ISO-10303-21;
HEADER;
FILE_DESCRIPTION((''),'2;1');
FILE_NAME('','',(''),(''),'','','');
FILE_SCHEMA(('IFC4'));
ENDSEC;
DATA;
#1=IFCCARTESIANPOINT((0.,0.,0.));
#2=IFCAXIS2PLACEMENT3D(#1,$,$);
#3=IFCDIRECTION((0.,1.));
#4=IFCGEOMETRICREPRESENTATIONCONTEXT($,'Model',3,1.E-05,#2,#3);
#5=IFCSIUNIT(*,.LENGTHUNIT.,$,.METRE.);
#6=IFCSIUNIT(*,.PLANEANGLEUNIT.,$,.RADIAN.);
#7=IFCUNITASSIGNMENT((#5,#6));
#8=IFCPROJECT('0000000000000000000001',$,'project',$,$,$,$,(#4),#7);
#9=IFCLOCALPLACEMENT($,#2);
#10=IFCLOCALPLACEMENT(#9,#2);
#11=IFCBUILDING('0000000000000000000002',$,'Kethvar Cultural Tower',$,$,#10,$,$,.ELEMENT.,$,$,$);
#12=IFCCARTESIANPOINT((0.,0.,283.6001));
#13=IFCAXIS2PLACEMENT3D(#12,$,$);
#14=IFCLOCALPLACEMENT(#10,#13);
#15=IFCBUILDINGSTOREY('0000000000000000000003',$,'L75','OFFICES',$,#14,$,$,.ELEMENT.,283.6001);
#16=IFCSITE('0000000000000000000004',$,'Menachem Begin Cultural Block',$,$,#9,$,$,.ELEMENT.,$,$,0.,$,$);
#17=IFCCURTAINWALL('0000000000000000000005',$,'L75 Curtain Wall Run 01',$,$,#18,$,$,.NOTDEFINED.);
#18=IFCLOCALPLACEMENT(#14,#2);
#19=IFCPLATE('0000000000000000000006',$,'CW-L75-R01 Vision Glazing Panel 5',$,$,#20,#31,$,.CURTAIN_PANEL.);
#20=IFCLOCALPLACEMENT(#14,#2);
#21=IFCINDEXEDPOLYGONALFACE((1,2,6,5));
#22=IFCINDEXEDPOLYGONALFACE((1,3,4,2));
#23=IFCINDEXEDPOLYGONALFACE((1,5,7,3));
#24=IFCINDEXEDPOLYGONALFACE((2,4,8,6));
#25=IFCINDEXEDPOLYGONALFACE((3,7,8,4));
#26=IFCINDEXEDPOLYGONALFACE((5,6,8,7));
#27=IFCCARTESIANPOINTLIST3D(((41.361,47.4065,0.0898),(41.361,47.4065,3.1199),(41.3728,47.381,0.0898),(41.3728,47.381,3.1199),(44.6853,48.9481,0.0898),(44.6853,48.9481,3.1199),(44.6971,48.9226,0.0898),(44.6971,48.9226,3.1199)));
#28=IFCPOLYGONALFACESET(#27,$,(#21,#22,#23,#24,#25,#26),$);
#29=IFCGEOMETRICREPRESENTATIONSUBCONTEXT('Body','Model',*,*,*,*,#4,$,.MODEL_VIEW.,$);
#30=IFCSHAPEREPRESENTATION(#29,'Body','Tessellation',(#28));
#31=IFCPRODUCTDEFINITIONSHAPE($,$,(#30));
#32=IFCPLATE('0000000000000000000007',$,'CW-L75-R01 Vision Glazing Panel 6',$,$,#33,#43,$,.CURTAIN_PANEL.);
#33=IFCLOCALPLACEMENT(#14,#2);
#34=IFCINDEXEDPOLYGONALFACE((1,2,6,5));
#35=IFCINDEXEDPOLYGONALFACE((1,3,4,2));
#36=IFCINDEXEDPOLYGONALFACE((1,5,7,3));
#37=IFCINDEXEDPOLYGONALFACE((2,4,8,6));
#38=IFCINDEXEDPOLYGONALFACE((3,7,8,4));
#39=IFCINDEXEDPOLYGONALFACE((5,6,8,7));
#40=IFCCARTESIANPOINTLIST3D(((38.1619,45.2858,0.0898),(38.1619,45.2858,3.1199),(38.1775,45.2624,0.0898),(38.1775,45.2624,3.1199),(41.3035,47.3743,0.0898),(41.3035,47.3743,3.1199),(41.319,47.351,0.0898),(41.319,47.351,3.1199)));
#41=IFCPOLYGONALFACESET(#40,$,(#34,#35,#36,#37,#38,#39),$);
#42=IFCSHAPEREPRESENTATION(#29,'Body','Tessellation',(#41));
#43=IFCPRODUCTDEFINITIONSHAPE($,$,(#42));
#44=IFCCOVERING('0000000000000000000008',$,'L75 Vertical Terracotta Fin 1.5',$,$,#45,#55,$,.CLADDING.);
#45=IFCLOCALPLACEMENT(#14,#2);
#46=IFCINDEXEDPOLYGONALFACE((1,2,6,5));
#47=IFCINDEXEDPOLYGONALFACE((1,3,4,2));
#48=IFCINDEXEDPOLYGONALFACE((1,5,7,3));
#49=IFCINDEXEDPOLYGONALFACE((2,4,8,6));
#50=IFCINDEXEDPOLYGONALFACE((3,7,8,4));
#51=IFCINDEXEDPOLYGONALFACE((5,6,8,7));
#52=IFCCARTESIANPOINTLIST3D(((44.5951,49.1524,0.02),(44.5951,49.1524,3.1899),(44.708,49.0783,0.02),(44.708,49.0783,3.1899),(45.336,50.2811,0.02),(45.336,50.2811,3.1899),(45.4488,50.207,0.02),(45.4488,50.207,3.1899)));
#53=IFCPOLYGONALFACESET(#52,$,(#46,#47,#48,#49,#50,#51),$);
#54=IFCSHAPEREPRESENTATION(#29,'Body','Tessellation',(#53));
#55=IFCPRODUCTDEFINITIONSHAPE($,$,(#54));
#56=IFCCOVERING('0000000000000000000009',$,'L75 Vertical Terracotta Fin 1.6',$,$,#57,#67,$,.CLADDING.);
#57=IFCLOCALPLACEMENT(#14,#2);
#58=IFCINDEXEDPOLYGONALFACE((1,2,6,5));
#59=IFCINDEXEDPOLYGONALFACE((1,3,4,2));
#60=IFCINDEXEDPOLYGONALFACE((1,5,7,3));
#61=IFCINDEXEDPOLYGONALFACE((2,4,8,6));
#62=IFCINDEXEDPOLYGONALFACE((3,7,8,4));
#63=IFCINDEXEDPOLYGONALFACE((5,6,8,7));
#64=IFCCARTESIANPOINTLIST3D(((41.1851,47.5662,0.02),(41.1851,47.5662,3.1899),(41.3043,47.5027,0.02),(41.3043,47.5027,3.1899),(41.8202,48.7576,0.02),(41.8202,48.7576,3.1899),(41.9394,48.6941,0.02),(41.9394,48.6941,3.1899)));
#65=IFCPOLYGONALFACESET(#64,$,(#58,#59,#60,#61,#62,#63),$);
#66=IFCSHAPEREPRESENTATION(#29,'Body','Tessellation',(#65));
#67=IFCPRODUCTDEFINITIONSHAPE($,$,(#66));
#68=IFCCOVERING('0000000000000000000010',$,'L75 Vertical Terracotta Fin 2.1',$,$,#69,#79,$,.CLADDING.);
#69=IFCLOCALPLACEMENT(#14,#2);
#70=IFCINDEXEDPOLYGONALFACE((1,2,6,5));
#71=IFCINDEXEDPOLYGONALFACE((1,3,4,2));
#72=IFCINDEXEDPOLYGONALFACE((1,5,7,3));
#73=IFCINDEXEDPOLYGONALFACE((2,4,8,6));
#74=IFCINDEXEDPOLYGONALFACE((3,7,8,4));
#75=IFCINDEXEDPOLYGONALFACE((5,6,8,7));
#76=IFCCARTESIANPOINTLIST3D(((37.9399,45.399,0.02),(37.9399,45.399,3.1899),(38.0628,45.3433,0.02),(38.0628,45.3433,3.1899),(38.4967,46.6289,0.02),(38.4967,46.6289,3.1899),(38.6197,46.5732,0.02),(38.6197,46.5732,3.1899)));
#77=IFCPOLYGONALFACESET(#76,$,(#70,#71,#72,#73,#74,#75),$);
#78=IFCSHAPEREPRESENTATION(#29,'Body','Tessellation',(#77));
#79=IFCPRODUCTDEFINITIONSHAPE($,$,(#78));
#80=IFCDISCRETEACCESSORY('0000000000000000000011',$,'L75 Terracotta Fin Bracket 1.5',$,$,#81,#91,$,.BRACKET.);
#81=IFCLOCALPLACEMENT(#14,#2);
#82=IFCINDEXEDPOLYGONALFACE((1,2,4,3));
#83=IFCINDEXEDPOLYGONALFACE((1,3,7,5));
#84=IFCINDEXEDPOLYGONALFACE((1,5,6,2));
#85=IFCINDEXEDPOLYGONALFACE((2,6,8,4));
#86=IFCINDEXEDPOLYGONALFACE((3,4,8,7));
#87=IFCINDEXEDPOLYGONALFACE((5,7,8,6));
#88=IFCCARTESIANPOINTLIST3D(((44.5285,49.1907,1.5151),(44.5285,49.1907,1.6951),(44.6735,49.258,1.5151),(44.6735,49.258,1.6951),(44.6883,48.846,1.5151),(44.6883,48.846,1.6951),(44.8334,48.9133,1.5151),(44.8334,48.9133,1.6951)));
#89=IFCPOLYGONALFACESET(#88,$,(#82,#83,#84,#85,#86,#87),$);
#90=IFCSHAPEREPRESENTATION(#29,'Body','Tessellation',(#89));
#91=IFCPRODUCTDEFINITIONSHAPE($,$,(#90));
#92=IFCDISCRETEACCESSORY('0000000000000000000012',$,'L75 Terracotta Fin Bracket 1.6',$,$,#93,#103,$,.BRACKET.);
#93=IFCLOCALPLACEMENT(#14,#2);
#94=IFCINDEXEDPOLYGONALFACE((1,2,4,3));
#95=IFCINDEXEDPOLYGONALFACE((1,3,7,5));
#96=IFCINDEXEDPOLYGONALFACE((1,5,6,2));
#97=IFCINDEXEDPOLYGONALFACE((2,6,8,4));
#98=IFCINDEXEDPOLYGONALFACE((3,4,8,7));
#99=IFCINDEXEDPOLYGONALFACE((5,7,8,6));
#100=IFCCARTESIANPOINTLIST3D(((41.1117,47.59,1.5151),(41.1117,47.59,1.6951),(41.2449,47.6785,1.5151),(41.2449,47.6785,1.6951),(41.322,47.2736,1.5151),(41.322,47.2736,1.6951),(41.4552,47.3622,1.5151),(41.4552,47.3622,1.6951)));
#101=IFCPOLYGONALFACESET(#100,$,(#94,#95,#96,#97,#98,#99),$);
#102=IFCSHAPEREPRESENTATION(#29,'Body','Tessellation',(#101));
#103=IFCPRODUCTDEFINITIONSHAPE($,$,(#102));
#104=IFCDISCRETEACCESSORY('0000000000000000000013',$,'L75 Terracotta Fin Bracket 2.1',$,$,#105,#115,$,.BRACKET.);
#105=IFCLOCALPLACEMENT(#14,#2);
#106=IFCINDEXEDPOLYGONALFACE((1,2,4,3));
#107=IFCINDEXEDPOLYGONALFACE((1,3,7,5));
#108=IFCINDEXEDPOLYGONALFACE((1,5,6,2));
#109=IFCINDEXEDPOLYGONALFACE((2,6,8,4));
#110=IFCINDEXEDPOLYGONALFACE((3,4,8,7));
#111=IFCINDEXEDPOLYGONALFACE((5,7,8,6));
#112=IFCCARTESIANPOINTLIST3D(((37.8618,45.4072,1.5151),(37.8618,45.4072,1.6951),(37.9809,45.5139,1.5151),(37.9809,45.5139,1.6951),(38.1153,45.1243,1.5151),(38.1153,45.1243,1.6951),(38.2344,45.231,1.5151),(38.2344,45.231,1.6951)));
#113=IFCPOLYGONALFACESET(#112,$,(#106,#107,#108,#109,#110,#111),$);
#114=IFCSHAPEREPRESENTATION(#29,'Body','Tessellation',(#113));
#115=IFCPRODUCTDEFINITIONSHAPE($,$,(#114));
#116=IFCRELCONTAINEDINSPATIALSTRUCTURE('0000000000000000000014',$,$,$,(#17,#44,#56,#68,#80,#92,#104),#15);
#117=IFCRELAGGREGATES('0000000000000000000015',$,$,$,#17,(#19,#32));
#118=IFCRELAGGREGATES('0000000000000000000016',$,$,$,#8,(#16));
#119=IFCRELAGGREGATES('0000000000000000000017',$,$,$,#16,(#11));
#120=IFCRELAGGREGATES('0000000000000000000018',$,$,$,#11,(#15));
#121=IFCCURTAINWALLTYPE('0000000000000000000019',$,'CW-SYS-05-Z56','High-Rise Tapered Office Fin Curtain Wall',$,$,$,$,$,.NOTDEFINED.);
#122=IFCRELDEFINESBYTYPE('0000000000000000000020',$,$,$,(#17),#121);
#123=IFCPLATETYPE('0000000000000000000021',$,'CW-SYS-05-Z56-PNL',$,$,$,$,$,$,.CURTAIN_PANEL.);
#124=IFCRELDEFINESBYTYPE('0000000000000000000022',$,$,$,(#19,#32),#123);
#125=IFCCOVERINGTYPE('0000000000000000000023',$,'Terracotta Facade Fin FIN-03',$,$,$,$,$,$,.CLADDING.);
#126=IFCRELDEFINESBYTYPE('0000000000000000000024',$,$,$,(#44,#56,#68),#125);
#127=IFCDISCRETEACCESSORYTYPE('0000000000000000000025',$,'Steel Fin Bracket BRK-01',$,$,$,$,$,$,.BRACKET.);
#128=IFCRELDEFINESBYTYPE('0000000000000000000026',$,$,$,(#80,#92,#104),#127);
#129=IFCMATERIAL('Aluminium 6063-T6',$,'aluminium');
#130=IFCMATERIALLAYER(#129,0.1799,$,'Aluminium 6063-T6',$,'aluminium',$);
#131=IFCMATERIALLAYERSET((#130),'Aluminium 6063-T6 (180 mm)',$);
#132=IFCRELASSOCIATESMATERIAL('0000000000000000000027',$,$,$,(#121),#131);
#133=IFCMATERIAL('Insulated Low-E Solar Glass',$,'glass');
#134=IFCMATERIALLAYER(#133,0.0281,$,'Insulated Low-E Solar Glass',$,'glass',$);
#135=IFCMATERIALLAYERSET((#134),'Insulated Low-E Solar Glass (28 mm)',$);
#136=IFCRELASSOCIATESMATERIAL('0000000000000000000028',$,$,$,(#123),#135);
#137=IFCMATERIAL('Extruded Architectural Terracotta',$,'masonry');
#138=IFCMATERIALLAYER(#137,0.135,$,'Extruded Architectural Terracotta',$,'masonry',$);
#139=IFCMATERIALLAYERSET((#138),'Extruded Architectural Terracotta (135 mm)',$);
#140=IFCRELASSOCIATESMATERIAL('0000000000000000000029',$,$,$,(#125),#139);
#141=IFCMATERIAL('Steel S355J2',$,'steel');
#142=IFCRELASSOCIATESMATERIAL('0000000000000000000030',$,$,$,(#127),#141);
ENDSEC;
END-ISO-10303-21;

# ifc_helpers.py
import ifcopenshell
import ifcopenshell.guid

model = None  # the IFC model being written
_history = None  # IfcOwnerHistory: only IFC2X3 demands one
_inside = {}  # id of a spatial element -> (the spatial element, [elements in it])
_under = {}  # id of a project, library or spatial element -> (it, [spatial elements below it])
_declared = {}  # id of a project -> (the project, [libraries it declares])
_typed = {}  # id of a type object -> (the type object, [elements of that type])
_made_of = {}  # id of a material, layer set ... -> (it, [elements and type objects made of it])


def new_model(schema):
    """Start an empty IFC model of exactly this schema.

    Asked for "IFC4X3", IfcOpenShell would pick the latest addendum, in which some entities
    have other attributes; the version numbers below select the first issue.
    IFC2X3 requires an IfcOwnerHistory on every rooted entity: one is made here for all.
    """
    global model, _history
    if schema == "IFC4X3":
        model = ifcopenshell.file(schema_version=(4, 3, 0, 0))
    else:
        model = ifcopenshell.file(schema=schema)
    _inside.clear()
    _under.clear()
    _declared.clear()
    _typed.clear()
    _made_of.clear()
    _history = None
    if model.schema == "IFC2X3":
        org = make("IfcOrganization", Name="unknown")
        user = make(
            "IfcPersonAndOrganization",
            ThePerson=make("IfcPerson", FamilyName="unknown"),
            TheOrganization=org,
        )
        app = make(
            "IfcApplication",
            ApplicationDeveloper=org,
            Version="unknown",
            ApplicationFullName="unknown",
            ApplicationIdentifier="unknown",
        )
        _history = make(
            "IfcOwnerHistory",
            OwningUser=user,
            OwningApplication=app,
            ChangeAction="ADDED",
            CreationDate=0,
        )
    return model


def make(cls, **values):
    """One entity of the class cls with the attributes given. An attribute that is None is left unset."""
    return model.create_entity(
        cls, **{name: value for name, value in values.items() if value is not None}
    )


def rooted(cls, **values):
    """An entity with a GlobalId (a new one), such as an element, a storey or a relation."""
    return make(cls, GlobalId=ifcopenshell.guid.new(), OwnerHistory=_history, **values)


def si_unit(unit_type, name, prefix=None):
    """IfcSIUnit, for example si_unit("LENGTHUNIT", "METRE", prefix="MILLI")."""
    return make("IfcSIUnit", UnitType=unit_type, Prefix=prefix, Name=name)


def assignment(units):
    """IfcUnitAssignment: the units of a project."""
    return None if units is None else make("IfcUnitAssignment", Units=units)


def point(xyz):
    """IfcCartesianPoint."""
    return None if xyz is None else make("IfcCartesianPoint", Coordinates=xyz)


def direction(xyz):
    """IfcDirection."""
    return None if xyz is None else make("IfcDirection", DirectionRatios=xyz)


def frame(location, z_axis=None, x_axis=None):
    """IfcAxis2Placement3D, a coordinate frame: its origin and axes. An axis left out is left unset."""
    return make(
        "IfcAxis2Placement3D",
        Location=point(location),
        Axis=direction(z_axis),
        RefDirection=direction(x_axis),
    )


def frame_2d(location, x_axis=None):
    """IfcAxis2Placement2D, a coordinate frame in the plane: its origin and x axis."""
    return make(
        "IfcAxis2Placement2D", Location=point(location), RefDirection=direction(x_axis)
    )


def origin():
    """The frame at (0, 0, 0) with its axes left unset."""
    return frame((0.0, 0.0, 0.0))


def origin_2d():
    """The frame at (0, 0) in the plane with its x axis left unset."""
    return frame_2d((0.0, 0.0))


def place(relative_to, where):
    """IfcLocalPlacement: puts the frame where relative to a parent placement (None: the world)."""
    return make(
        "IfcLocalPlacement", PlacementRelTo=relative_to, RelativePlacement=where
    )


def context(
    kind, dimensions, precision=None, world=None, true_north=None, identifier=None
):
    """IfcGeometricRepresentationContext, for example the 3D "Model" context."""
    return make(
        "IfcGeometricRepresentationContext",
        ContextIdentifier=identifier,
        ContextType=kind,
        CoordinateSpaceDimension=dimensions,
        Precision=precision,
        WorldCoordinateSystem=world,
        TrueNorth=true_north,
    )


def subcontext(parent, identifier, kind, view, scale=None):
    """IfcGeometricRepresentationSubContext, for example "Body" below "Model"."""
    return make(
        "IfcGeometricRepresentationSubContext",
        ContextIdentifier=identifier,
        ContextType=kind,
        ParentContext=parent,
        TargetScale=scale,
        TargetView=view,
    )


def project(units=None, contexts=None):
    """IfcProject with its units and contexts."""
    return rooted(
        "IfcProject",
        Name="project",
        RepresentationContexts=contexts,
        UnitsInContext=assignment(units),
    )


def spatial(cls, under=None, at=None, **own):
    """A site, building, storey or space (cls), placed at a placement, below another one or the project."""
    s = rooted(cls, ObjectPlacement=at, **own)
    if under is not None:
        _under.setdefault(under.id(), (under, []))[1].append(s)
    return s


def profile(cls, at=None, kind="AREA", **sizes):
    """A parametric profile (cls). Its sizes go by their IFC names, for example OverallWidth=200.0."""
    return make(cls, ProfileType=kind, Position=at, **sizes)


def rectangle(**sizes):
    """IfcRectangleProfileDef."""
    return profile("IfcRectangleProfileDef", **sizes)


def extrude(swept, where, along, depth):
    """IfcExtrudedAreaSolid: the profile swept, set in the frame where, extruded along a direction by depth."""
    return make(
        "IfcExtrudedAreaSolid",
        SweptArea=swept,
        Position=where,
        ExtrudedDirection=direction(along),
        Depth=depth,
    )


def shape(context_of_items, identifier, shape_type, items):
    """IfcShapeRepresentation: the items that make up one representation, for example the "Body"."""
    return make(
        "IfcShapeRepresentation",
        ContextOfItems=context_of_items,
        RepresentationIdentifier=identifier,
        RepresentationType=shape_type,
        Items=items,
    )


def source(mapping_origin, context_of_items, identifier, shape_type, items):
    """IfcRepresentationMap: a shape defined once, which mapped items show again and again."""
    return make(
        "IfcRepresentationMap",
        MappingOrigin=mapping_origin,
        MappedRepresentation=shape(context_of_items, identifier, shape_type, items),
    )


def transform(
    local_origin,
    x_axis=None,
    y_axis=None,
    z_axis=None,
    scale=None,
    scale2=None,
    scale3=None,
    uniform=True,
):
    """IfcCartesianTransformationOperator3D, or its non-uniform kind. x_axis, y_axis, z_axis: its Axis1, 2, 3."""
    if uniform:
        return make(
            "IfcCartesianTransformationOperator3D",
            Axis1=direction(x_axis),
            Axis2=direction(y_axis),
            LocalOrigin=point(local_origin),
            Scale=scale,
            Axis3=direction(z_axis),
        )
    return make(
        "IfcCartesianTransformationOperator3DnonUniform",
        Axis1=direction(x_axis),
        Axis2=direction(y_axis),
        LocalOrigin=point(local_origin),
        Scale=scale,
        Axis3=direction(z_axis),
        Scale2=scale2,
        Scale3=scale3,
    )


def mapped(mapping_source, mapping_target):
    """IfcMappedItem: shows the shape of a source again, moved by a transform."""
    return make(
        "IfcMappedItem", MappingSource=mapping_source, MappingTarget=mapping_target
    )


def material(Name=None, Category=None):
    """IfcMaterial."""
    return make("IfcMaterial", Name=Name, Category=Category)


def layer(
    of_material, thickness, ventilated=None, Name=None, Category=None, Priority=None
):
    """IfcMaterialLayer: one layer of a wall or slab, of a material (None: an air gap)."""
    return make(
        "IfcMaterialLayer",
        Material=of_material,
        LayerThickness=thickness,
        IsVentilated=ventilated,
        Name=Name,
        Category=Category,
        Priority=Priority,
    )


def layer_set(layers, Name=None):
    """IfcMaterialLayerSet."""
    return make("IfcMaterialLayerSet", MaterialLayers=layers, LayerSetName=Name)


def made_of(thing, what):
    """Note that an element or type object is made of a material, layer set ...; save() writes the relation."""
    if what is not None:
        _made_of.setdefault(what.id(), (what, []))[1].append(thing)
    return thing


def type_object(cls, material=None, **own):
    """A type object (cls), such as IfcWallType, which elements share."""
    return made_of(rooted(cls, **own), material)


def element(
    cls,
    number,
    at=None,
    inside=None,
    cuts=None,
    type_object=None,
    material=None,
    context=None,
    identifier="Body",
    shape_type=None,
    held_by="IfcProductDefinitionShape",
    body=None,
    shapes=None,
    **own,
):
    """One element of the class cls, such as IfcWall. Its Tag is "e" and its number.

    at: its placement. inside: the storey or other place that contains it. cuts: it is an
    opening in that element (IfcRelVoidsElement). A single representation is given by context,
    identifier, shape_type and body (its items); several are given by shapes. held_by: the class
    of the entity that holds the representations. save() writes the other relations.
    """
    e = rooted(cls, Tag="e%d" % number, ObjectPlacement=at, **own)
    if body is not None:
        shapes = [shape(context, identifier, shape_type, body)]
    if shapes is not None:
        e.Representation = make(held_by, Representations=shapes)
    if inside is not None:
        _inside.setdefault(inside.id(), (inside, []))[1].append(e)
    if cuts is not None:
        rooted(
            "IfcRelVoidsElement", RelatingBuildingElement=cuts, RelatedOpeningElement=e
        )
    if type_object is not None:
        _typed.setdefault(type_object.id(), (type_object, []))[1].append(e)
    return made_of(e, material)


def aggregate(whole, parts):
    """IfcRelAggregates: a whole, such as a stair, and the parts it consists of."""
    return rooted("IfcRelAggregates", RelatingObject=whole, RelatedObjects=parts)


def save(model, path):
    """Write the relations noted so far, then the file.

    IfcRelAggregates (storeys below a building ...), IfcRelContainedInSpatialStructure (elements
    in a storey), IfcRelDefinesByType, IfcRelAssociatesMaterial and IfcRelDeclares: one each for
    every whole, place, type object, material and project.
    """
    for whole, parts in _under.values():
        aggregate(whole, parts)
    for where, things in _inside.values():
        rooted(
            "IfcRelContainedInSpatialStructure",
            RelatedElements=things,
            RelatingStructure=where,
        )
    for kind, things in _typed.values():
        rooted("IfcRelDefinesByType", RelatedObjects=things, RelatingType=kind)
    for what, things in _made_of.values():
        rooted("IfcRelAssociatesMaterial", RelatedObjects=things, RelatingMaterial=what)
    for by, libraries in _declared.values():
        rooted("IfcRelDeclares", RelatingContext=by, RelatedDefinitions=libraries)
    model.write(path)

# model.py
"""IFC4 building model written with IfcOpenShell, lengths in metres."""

from ifc_helpers import new_model, si_unit, direction, frame, origin, origin_2d, place, context, subcontext, project, spatial, rectangle, extrude, source, transform, mapped, material, layer, layer_set, type_object, element, aggregate, save


model = new_model("IFC4")

# Units and contexts
model_context = context("Model", 3, precision=1e-05, world=origin(), true_north=direction((0.0, 1.0)))
body_context = subcontext(model_context, "Body", "Model", "MODEL_VIEW")
ifc_project = project(units=[si_unit("LENGTHUNIT", "METRE"), si_unit("PLANEANGLEUNIT", "RADIAN")], contexts=[model_context])

# Site, building, storey
site_placement = place(None, origin())
site = spatial("IfcSite", under=ifc_project, at=site_placement, Name="Menachem Begin Cultural Block", CompositionType="ELEMENT", RefElevation=0.0)
building_placement = place(site_placement, origin())
building = spatial("IfcBuilding", under=site, at=building_placement, Name="Kethvar Cultural Tower", CompositionType="ELEMENT")
storey_placement = place(building_placement, frame((0.0, 0.0, 283.6001)))
storey = spatial("IfcBuildingStorey", under=building, at=storey_placement, Name="L75", Description="OFFICES", CompositionType="ELEMENT", Elevation=283.6001)

# Shared definitions
ifc_material_1 = material(Name="Steel S355J2", Category="steel")

# Curtain wall
ifc_material_2 = material(Name="Aluminium 6063-T6", Category="aluminium")
ifc_layer_1 = layer(ifc_material_2, 0.1799, Name="Aluminium 6063-T6", Category="aluminium")
ifc_layer_set_1 = layer_set([ifc_layer_1], Name="Aluminium 6063-T6 (180 mm)")
curtain_wall_type = type_object("IfcCurtainWallType", Name="CW-SYS-05-Z56", Description="High-Rise Tapered Office Fin Curtain Wall", PredefinedType="NOTDEFINED", material=ifc_layer_set_1)
curtain_wall_1_placement = place(storey_placement, origin())
curtain_wall_1 = element("IfcCurtainWall", 1, at=curtain_wall_1_placement, inside=storey, type_object=curtain_wall_type, Name="L75 Curtain Wall Run 01", PredefinedType="NOTDEFINED")

# Plates
ifc_material_3 = material(Name="Insulated Low-E Solar Glass", Category="glass")
ifc_layer_2 = layer(ifc_material_3, 0.0281, Name="Insulated Low-E Solar Glass", Category="glass")
ifc_layer_set_2 = layer_set([ifc_layer_2], Name="Insulated Low-E Solar Glass (28 mm)")
plate_type = type_object("IfcPlateType", Name="CW-SYS-05-Z56-PNL", PredefinedType="CURTAIN_PANEL", material=ifc_layer_set_2)
shared_shape_1 = source(origin(), body_context, "Body", "SweptSolid", [
    extrude(rectangle(XDim=3.6643, YDim=0.0281, at=origin_2d()), origin(), (0.0, 0.0, 1.0), 3.03),
])
plate_1_placement = place(storey_placement, frame((43.0291, 48.1646, 0.0898), z_axis=(0.0, 0.0, 1.0), x_axis=(-0.907191, -0.420719, 0.0)))
plate_1 = element("IfcPlate", 2, at=plate_1_placement, type_object=plate_type, Name="CW-L75-R01 Vision Glazing Panel 5", PredefinedType="CURTAIN_PANEL", context=body_context, shape_type="MappedRepresentation", body=[
    mapped(shared_shape_1, transform((0.0, 0.0, 0.0), scale=1.0)),
])
shared_shape_2 = source(origin(), body_context, "Body", "SweptSolid", [
    extrude(rectangle(XDim=3.7725, YDim=0.0281, at=origin_2d()), origin(), (0.0, 0.0, 1.0), 3.03),
])
plate_2_placement = place(storey_placement, frame((39.7405, 46.3184, 0.0898), z_axis=(0.0, 0.0, 1.0), x_axis=(-0.832757, -0.553639, 0.0)))
plate_2 = element("IfcPlate", 3, at=plate_2_placement, type_object=plate_type, Name="CW-L75-R01 Vision Glazing Panel 6", PredefinedType="CURTAIN_PANEL", context=body_context, shape_type="MappedRepresentation", body=[
    mapped(shared_shape_2, transform((0.0, 0.0, 0.0), scale=1.0)),
])
aggregate(curtain_wall_1, [plate_1, plate_2])

# Coverings
ifc_material_4 = material(Name="Extruded Architectural Terracotta", Category="masonry")
ifc_layer_3 = layer(ifc_material_4, 0.135, Name="Extruded Architectural Terracotta", Category="masonry")
ifc_layer_set_3 = layer_set([ifc_layer_3], Name="Extruded Architectural Terracotta (135 mm)")
covering_type = type_object("IfcCoveringType", Name="Terracotta Facade Fin FIN-03", PredefinedType="CLADDING", material=ifc_layer_set_3)
shared_shape_3 = source(origin(), body_context, "Body", "SweptSolid", [
    extrude(rectangle(XDim=1.3501, YDim=0.135, at=origin_2d()), origin(), (0.0, 0.0, 1.0), 3.1699),
])
for number, where, z_axis, x_axis, name in (
    (4, (45.022, 49.6797, 0.02), (0.0, 0.0, 1.0), (0.548731, 0.835999, 0.0), "L75 Vertical Terracotta Fin 1.5"),
    (5, (41.5623, 48.1301, 0.02), (0.0, 0.0, 1.0), (0.470396, 0.882455, 0.0), "L75 Vertical Terracotta Fin 1.6"),
    (6, (38.2798, 45.9861, 0.02), (0.0, 0.0, 1.0), (0.412469, 0.910972, 0.0), "L75 Vertical Terracotta Fin 2.1"),
):
    element("IfcCovering", number, at=place(storey_placement, frame(where, z_axis=z_axis, x_axis=x_axis)), inside=storey, type_object=covering_type, Name=name, PredefinedType="CLADDING", context=body_context, shape_type="MappedRepresentation", body=[
        mapped(shared_shape_3, transform((0.0, 0.0, 0.0), scale=1.0)),
    ])

# Discrete accessories
discrete_accessory_type = type_object("IfcDiscreteAccessoryType", Name="Steel Fin Bracket BRK-01", PredefinedType="BRACKET", material=ifc_material_1)
shared_shape_4 = source(origin(), body_context, "Body", "SweptSolid", [
    extrude(rectangle(XDim=0.3799, YDim=0.1599, at=origin_2d()), origin(), (0.0, 0.0, 1.0), 0.1799),
])
for number, where, z_axis, x_axis, name in (
    (7, (44.6809, 49.052, 1.5151), (0.0, 0.0, 1.0), (-0.420719, 0.907191, 0.0), "L75 Terracotta Fin Bracket 1.5"),
    (8, (41.2834, 47.4761, 1.5151), (0.0, 0.0, 1.0), (-0.553682, 0.832728, 0.0), "L75 Terracotta Fin Bracket 1.6"),
    (9, (38.0481, 45.3191, 1.5151), (0.0, 0.0, 1.0), (-0.667313, 0.744778, 0.0), "L75 Terracotta Fin Bracket 2.1"),
):
    element("IfcDiscreteAccessory", number, at=place(storey_placement, frame(where, z_axis=z_axis, x_axis=x_axis)), inside=storey, type_object=discrete_accessory_type, Name=name, PredefinedType="BRACKET", context=body_context, shape_type="MappedRepresentation", body=[
        mapped(shared_shape_4, transform((0.0, 0.0, 0.0), scale=1.0)),
    ])

save(model, "model.ifc")
